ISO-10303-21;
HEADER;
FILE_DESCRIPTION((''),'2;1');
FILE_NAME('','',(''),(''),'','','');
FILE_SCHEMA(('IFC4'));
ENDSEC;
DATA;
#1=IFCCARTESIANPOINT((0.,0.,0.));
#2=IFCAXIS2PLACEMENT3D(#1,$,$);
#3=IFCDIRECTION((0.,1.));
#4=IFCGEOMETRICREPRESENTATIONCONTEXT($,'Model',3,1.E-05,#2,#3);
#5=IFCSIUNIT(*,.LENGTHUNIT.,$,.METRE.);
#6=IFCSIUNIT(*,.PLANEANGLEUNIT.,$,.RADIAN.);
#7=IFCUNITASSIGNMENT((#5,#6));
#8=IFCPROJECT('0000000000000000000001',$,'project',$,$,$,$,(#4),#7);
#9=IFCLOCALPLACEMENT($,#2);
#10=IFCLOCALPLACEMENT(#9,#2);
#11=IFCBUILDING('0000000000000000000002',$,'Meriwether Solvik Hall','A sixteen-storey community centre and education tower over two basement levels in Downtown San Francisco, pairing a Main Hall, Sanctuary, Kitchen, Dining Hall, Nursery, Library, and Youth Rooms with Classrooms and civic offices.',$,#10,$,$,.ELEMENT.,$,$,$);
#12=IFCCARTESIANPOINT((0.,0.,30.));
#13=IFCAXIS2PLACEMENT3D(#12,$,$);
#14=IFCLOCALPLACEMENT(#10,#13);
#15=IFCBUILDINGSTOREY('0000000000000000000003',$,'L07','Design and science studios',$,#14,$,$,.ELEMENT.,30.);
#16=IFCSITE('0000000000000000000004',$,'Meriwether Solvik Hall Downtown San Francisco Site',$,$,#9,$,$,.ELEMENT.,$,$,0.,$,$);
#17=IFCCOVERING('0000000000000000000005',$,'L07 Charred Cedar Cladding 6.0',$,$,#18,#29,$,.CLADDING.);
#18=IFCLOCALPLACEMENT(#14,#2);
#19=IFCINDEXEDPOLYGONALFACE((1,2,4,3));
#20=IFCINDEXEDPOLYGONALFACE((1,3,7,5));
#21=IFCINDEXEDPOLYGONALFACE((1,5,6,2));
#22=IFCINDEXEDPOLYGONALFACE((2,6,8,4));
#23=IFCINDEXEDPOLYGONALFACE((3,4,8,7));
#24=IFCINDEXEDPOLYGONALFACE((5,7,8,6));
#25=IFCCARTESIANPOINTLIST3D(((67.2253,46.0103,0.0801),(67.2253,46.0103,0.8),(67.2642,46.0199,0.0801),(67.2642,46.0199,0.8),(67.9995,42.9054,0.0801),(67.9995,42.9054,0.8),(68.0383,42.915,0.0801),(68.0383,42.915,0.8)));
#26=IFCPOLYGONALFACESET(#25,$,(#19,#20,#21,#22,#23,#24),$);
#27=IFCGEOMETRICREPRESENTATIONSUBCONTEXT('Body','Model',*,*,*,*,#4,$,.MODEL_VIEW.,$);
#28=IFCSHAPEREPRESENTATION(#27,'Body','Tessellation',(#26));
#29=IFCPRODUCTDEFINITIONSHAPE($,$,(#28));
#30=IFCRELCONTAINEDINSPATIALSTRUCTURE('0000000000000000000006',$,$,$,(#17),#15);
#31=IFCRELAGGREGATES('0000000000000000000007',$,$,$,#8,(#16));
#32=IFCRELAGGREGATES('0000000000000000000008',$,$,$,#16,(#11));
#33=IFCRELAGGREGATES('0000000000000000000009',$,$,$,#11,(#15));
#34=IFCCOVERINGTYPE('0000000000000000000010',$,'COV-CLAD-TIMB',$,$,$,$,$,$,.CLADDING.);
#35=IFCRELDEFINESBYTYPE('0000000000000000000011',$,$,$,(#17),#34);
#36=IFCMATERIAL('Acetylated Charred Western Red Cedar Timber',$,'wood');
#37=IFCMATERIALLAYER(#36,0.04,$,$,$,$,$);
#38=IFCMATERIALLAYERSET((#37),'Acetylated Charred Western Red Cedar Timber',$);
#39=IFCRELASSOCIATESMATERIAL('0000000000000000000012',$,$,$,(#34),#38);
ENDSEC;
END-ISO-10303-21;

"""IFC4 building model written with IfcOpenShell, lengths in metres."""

from ifc_helpers import new_model, si_unit, direction, frame, origin, origin_2d, place, context, subcontext, project, spatial, rectangle, extrude, material, layer, layer_set, type_object, element, save


model = new_model("IFC4")

# Units and contexts
model_context = context("Model", 3, precision=1e-05, world=origin(), true_north=direction((0.0, 1.0)))
body_context = subcontext(model_context, "Body", "Model", "MODEL_VIEW")
ifc_project = project(units=[si_unit("LENGTHUNIT", "METRE"), si_unit("PLANEANGLEUNIT", "RADIAN")], contexts=[model_context])

# Site, building, storey
site_placement = place(None, origin())
site = spatial("IfcSite", under=ifc_project, at=site_placement, Name="Meriwether Solvik Hall Downtown San Francisco Site", CompositionType="ELEMENT", RefElevation=0.0)
building_placement = place(site_placement, origin())
building = spatial("IfcBuilding", under=site, at=building_placement, Name="Meriwether Solvik Hall", Description="A sixteen-storey community centre and education tower over two basement levels in Downtown San Francisco, pairing a Main Hall, Sanctuary, Kitchen, Dining Hall, Nursery, Library, and Youth Rooms with Classrooms and civic offices.", CompositionType="ELEMENT")
storey_placement = place(building_placement, frame((0.0, 0.0, 30.0)))
storey = spatial("IfcBuildingStorey", under=building, at=storey_placement, Name="L07", Description="Design and science studios", CompositionType="ELEMENT", Elevation=30.0)

# Covering
ifc_material_1 = material(Name="Acetylated Charred Western Red Cedar Timber", Category="wood")
ifc_layer_1 = layer(ifc_material_1, 0.04)
ifc_layer_set_1 = layer_set([ifc_layer_1], Name="Acetylated Charred Western Red Cedar Timber")
covering_type = type_object("IfcCoveringType", Name="COV-CLAD-TIMB", PredefinedType="CLADDING", material=ifc_layer_set_1)
covering_placement = place(storey_placement, frame((67.6318, 44.4626, 0.0801), z_axis=(0.0, 0.0, 1.0), x_axis=(-0.241922, 0.970296, 0.0)))
element("IfcCovering", 1, at=covering_placement, inside=storey, type_object=covering_type, Name="L07 Charred Cedar Cladding 6.0", PredefinedType="CLADDING", context=body_context, shape_type="SweptSolid", body=[
    extrude(rectangle(XDim=3.2, YDim=0.04, at=origin_2d()), origin(), (0.0, 0.0, 1.0), 0.72),
])

save(model, "model.ifc")
